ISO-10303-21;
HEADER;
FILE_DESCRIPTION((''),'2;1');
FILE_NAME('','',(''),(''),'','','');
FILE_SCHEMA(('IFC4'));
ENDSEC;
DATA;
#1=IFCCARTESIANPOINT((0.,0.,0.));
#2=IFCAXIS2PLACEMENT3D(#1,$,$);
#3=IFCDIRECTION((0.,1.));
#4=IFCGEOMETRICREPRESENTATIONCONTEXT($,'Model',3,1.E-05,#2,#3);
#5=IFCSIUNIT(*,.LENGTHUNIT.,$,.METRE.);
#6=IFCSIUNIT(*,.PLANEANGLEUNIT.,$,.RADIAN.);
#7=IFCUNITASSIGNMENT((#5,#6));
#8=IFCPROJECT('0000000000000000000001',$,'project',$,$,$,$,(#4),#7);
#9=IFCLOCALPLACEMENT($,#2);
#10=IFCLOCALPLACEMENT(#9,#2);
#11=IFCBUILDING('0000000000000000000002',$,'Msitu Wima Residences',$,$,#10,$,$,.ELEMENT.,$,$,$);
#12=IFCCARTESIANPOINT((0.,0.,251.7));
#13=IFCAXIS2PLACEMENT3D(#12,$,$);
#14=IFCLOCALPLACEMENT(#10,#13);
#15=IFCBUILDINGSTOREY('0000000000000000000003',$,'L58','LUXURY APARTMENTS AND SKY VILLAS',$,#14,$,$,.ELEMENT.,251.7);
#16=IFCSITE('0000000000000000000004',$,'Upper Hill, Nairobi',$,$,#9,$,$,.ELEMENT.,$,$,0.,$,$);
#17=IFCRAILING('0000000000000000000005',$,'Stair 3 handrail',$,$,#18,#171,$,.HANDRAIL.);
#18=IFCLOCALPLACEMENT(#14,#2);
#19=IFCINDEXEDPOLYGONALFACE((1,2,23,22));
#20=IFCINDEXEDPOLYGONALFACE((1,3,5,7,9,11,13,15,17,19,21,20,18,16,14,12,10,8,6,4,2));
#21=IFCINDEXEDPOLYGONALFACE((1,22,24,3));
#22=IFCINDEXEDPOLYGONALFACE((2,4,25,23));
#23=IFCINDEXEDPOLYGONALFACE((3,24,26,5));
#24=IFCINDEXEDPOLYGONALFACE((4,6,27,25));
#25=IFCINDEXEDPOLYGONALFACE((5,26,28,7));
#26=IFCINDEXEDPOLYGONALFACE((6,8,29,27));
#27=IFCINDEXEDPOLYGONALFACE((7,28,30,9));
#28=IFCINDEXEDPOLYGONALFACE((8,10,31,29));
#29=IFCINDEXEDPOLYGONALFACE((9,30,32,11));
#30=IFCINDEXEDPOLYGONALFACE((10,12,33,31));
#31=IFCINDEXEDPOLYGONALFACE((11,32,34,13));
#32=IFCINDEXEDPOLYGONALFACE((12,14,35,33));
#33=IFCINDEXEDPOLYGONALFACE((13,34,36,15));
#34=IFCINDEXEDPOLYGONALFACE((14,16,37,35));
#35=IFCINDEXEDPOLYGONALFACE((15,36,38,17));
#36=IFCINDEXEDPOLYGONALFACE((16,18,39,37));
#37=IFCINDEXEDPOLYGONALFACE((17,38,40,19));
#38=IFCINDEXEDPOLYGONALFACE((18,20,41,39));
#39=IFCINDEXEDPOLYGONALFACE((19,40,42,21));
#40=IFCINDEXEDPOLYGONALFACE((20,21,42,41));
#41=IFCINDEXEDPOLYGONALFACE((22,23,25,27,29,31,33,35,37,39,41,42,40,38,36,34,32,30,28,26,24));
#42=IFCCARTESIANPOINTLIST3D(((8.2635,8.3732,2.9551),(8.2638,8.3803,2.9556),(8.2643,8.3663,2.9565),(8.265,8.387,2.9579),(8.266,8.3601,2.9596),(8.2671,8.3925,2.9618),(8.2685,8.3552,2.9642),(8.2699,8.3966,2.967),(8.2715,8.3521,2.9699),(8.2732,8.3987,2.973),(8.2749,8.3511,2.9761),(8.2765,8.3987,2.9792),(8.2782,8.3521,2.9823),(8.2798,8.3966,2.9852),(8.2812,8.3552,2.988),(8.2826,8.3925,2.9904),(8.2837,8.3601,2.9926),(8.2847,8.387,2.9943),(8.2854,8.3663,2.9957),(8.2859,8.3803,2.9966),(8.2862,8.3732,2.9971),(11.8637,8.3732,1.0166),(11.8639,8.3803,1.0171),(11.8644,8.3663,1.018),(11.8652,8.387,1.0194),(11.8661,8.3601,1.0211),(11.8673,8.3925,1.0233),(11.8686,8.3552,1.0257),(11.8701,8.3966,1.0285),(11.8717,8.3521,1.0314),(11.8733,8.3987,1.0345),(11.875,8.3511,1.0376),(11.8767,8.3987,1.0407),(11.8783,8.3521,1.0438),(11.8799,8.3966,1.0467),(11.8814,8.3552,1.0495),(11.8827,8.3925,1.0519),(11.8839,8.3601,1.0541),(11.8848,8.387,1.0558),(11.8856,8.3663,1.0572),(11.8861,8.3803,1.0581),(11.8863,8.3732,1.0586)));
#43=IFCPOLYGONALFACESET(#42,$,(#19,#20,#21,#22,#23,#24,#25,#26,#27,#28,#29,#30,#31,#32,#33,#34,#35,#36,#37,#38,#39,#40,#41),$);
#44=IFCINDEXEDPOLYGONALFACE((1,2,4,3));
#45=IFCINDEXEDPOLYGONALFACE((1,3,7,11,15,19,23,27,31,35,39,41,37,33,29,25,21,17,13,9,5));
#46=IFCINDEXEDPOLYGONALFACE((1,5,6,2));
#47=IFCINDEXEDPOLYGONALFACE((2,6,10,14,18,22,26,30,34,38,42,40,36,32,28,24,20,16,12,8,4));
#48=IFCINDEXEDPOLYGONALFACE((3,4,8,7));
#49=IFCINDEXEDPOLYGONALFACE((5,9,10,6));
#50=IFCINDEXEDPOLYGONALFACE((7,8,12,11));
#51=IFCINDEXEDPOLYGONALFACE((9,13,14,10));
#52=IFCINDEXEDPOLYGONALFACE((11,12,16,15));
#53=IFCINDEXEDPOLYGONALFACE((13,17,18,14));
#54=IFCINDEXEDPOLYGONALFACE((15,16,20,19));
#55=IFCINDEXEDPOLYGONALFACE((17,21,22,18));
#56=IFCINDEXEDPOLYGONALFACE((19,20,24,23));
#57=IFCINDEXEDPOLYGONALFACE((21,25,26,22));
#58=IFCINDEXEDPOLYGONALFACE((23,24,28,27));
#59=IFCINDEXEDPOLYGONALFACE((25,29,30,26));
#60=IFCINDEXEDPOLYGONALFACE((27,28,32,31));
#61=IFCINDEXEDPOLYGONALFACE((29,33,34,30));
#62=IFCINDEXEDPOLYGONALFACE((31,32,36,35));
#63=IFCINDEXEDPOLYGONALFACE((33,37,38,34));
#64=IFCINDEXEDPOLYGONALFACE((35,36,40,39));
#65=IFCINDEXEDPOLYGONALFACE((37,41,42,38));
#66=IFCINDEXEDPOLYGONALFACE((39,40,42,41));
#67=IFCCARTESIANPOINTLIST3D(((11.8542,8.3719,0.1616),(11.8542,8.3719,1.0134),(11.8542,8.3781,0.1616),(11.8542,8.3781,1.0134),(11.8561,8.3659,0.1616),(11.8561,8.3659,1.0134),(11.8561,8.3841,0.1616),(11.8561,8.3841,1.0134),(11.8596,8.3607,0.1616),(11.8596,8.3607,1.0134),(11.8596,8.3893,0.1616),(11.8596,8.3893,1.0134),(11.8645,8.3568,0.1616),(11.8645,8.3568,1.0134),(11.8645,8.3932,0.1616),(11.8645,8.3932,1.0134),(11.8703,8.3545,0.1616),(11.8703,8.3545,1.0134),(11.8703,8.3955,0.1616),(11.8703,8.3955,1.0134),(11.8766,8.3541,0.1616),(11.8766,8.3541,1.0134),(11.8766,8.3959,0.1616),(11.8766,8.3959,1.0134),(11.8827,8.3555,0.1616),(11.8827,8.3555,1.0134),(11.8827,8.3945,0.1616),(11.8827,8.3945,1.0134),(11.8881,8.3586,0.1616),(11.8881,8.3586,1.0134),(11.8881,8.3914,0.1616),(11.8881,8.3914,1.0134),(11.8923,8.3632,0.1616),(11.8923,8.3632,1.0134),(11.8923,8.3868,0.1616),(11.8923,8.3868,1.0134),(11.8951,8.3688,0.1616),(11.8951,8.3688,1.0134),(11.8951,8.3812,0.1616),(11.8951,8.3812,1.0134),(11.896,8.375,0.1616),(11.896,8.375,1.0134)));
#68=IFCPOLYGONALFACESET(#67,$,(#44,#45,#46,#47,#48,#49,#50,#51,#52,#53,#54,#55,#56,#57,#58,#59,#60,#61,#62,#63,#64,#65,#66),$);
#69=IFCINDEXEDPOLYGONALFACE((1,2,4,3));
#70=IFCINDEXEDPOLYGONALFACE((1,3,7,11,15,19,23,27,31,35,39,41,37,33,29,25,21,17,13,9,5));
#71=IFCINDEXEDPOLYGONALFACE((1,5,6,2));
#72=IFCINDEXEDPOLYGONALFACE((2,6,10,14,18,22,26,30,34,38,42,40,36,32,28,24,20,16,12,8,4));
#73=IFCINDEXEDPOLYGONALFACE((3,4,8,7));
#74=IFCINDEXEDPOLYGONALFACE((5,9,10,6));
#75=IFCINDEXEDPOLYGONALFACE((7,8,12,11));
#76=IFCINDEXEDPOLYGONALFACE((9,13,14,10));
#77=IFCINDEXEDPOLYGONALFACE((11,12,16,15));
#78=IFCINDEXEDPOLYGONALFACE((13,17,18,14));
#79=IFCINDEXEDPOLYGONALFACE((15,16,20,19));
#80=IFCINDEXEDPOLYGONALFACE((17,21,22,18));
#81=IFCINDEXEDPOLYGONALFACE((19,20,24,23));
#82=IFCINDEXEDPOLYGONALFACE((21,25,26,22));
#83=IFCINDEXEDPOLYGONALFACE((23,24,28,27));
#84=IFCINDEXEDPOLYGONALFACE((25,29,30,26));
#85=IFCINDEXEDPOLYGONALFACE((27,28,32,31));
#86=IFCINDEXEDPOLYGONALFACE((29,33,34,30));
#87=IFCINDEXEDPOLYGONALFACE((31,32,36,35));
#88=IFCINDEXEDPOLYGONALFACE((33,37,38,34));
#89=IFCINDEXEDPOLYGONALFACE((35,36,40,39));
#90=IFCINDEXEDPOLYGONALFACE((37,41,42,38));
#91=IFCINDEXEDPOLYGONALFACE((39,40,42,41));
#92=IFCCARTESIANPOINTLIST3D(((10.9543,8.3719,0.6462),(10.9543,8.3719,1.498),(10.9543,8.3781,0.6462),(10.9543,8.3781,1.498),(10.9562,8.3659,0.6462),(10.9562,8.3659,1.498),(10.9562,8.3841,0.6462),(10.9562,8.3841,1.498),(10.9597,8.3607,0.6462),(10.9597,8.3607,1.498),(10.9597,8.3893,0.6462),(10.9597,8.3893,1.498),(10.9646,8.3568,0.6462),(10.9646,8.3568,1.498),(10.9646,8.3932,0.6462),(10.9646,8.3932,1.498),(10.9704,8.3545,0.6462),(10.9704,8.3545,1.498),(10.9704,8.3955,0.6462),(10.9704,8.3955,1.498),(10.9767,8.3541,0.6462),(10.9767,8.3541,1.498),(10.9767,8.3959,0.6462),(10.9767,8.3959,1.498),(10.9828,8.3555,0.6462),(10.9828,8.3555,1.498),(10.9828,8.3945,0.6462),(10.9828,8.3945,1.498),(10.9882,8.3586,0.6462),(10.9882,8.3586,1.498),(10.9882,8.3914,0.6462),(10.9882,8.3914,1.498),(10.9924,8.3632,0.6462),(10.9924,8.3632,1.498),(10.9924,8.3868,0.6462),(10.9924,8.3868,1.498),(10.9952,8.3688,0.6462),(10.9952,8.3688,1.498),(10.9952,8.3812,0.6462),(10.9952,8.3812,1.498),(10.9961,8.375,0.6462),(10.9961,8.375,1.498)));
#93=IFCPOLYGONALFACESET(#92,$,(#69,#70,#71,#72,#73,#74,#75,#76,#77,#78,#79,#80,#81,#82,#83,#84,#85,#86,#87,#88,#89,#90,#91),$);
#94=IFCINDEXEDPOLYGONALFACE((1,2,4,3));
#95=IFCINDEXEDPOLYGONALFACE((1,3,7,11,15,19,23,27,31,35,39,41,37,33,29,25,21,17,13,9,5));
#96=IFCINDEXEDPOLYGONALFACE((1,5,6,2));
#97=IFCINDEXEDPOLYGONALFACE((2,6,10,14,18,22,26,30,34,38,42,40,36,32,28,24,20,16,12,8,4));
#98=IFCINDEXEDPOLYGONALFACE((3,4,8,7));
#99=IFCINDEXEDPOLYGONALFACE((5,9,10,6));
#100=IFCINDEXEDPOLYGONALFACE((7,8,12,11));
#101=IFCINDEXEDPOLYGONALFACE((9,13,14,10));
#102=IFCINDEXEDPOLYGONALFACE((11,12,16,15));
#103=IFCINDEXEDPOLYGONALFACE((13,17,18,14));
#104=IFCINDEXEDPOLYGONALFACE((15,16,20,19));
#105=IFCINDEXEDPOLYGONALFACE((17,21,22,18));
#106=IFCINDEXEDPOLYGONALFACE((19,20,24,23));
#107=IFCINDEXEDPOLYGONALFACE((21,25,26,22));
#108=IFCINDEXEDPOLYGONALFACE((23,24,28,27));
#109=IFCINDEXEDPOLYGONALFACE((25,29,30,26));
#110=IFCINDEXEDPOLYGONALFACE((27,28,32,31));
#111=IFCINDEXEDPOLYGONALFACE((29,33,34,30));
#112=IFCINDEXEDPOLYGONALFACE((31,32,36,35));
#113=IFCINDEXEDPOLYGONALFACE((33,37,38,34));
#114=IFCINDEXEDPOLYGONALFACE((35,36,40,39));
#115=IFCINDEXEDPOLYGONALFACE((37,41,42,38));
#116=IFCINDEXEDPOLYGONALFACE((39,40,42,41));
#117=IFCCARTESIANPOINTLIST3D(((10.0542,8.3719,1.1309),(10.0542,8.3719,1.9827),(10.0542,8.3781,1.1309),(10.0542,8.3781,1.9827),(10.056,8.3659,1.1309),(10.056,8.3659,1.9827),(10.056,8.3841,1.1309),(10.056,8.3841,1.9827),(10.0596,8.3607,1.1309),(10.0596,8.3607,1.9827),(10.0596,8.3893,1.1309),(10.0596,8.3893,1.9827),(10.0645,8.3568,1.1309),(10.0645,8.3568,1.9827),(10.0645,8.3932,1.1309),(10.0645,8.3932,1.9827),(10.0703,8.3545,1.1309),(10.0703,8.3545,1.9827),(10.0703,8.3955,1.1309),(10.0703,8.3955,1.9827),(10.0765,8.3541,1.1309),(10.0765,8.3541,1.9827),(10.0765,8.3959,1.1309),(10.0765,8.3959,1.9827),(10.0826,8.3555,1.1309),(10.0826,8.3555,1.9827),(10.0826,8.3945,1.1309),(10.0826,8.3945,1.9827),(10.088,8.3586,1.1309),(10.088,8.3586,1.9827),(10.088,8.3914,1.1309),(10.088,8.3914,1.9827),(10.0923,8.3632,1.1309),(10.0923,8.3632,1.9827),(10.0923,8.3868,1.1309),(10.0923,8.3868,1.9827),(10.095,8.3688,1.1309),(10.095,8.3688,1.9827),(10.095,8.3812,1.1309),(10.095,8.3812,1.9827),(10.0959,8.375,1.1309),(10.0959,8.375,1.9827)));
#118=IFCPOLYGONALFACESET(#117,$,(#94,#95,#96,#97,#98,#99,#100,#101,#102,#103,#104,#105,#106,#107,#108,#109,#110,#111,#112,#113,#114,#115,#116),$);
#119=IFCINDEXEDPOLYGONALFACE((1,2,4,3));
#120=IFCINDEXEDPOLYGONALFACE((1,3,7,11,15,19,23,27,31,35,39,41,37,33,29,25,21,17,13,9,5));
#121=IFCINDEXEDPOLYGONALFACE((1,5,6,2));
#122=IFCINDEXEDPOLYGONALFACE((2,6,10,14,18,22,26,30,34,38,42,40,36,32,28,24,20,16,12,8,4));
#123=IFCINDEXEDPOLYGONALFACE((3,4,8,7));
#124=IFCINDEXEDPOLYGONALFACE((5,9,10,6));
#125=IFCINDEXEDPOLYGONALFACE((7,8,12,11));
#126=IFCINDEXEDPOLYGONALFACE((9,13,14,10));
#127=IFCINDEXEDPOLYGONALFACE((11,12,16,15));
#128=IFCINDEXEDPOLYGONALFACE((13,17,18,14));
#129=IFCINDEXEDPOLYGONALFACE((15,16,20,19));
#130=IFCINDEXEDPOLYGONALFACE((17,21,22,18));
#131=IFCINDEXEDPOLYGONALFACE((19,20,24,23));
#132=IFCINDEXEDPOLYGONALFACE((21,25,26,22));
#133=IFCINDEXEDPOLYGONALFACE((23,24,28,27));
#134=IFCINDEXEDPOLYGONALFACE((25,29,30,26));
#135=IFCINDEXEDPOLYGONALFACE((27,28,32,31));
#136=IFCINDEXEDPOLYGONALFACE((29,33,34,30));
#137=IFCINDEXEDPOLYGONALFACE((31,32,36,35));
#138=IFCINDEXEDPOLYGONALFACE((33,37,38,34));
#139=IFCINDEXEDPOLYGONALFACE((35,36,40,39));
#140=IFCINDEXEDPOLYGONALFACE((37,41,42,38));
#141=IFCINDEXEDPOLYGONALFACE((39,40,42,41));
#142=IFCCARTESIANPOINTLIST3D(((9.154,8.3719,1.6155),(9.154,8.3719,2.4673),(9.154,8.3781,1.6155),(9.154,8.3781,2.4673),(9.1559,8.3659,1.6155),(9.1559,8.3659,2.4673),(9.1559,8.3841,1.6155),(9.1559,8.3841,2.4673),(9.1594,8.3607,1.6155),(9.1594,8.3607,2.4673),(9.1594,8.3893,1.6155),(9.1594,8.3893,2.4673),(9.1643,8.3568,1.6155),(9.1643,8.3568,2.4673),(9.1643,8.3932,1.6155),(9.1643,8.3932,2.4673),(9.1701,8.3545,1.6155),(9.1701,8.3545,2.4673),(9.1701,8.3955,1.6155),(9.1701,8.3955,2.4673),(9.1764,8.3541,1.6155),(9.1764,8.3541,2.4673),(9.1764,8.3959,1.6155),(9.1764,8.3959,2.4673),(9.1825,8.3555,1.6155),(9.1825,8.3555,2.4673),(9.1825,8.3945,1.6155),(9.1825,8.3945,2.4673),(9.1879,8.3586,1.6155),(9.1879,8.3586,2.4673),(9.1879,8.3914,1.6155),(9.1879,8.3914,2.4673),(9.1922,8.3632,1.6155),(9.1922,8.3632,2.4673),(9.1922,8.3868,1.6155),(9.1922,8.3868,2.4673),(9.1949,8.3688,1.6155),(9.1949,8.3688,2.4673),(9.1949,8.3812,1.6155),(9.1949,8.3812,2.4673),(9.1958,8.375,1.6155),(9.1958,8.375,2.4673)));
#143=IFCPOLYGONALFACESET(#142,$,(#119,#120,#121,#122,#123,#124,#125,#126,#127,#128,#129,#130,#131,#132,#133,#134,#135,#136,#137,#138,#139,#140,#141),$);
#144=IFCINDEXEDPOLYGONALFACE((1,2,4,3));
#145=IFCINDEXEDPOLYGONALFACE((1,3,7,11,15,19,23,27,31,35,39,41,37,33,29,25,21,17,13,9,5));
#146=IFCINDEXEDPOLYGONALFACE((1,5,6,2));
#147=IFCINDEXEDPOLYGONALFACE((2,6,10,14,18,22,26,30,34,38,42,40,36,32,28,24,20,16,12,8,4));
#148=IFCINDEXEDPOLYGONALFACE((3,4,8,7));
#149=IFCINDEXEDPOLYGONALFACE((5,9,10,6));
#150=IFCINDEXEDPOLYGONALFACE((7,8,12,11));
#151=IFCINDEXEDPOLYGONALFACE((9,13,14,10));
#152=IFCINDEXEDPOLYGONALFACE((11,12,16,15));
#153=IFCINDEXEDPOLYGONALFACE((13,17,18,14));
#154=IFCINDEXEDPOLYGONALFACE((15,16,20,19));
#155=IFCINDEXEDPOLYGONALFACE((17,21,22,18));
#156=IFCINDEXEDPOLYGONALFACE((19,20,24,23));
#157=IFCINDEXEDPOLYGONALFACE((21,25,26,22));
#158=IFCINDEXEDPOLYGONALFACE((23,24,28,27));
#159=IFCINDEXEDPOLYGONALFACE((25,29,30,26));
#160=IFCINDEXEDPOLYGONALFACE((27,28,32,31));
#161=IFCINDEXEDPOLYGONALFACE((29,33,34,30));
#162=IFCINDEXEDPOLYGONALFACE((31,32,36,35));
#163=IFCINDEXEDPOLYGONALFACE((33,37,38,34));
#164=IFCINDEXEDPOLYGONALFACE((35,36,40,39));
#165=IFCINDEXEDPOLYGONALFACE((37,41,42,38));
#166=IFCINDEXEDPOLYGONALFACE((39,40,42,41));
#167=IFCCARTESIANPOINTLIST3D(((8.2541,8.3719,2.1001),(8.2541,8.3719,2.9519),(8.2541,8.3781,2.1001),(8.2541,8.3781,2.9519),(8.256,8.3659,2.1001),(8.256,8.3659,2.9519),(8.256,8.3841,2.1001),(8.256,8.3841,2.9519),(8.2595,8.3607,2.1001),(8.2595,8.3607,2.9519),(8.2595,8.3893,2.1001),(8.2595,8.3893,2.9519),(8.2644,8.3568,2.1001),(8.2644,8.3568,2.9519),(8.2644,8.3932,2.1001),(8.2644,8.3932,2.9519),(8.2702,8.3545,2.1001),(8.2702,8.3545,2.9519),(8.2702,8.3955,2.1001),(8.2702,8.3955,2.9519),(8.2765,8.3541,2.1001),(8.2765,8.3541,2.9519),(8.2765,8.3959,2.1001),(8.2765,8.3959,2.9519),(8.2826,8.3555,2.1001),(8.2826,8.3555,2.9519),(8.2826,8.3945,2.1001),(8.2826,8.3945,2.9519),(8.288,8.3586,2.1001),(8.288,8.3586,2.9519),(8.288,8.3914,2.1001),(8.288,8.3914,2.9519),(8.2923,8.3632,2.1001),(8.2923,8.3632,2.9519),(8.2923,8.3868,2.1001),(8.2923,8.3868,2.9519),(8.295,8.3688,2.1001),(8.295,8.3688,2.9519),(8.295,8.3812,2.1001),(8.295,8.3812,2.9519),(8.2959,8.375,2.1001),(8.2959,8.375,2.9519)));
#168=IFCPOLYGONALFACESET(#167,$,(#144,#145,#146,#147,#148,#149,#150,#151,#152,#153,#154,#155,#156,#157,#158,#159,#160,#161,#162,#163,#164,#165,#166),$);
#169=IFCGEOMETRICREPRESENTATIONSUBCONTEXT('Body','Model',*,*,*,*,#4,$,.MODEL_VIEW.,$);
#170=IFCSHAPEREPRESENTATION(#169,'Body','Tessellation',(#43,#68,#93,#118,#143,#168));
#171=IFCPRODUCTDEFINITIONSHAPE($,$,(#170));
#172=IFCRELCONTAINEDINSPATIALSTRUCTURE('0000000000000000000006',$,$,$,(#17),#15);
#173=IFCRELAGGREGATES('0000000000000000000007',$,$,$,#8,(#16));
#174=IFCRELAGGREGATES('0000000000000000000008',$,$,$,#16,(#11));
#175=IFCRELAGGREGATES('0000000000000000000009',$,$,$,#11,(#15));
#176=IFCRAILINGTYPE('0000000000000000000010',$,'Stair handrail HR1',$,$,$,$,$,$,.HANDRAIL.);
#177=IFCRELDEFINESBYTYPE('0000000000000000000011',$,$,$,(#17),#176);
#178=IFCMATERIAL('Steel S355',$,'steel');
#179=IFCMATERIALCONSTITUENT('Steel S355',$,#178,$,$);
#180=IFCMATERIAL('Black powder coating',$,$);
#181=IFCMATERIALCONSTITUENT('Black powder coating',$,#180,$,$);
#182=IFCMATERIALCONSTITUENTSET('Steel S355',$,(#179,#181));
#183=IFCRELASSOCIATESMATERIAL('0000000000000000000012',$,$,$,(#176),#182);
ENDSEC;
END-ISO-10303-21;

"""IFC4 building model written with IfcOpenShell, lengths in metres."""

from ifc_helpers import new_model, si_unit, direction, frame, origin, origin_2d, place, context, subcontext, project, spatial, circle, extrude, material, constituent, constituent_set, type_object, element, save


model = new_model("IFC4")

# Units and contexts
model_context = context("Model", 3, precision=1e-05, world=origin(), true_north=direction((0.0, 1.0)))
body_context = subcontext(model_context, "Body", "Model", "MODEL_VIEW")
ifc_project = project(units=[si_unit("LENGTHUNIT", "METRE"), si_unit("PLANEANGLEUNIT", "RADIAN")], contexts=[model_context])

# Site, building, storey
site_placement = place(None, origin())
site = spatial("IfcSite", under=ifc_project, at=site_placement, Name="Upper Hill, Nairobi", CompositionType="ELEMENT", RefElevation=0.0)
building_placement = place(site_placement, origin())
building = spatial("IfcBuilding", under=site, at=building_placement, Name="Msitu Wima Residences", CompositionType="ELEMENT")
storey_placement = place(building_placement, frame((0.0, 0.0, 251.7)))
storey = spatial("IfcBuildingStorey", under=building, at=storey_placement, Name="L58", Description="LUXURY APARTMENTS AND SKY VILLAS", CompositionType="ELEMENT", Elevation=251.7)

# Railing
ifc_material_1 = material(Name="Steel S355", Category="steel")
ifc_constituent_1 = constituent(ifc_material_1, Name="Steel S355")
ifc_material_2 = material(Name="Black powder coating")
ifc_constituent_2 = constituent(ifc_material_2, Name="Black powder coating")
ifc_constituent_set_1 = constituent_set(constituents=[ifc_constituent_1, ifc_constituent_2], Name="Steel S355")
railing_type_1 = type_object("IfcRailingType", Name="Stair handrail HR1", PredefinedType="HANDRAIL", material=ifc_constituent_set_1)
for number, where, name in (
    (1, (11.875, 8.375, 0.1616), "Stair 3 handrail"),
):
    element("IfcRailing", number, at=place(storey_placement, frame(where)), inside=storey, type_object=railing_type_1, Name=name, PredefinedType="HANDRAIL", context=body_context, shape_type="SweptSolid", body=[
        extrude(circle(Radius=0.0239, at=origin_2d()), frame((0.0, 0.0, 0.876), z_axis=(-0.880475, 0.0, 0.474093), x_axis=(0.0, -1.0, 0.0)), (0.0, 0.0, 1.0), 4.0889),
        extrude(circle(Radius=0.021, at=origin_2d()), origin(), (0.0, 0.0, 1.0), 0.8518),
        extrude(circle(Radius=0.021, at=origin_2d()), frame((-0.8999, 0.0, 0.4846)), (0.0, 0.0, 1.0), 0.8518),
        extrude(circle(Radius=0.021, at=origin_2d()), frame((-1.8, 0.0, 0.9692)), (0.0, 0.0, 1.0), 0.8518),
        extrude(circle(Radius=0.021, at=origin_2d()), frame((-2.7002, 0.0, 1.4539)), (0.0, 0.0, 1.0), 0.8518),
        extrude(circle(Radius=0.021, at=origin_2d()), frame((-3.6001, 0.0, 1.9385)), (0.0, 0.0, 1.0), 0.8518),
    ])

save(model, "model.ifc")
